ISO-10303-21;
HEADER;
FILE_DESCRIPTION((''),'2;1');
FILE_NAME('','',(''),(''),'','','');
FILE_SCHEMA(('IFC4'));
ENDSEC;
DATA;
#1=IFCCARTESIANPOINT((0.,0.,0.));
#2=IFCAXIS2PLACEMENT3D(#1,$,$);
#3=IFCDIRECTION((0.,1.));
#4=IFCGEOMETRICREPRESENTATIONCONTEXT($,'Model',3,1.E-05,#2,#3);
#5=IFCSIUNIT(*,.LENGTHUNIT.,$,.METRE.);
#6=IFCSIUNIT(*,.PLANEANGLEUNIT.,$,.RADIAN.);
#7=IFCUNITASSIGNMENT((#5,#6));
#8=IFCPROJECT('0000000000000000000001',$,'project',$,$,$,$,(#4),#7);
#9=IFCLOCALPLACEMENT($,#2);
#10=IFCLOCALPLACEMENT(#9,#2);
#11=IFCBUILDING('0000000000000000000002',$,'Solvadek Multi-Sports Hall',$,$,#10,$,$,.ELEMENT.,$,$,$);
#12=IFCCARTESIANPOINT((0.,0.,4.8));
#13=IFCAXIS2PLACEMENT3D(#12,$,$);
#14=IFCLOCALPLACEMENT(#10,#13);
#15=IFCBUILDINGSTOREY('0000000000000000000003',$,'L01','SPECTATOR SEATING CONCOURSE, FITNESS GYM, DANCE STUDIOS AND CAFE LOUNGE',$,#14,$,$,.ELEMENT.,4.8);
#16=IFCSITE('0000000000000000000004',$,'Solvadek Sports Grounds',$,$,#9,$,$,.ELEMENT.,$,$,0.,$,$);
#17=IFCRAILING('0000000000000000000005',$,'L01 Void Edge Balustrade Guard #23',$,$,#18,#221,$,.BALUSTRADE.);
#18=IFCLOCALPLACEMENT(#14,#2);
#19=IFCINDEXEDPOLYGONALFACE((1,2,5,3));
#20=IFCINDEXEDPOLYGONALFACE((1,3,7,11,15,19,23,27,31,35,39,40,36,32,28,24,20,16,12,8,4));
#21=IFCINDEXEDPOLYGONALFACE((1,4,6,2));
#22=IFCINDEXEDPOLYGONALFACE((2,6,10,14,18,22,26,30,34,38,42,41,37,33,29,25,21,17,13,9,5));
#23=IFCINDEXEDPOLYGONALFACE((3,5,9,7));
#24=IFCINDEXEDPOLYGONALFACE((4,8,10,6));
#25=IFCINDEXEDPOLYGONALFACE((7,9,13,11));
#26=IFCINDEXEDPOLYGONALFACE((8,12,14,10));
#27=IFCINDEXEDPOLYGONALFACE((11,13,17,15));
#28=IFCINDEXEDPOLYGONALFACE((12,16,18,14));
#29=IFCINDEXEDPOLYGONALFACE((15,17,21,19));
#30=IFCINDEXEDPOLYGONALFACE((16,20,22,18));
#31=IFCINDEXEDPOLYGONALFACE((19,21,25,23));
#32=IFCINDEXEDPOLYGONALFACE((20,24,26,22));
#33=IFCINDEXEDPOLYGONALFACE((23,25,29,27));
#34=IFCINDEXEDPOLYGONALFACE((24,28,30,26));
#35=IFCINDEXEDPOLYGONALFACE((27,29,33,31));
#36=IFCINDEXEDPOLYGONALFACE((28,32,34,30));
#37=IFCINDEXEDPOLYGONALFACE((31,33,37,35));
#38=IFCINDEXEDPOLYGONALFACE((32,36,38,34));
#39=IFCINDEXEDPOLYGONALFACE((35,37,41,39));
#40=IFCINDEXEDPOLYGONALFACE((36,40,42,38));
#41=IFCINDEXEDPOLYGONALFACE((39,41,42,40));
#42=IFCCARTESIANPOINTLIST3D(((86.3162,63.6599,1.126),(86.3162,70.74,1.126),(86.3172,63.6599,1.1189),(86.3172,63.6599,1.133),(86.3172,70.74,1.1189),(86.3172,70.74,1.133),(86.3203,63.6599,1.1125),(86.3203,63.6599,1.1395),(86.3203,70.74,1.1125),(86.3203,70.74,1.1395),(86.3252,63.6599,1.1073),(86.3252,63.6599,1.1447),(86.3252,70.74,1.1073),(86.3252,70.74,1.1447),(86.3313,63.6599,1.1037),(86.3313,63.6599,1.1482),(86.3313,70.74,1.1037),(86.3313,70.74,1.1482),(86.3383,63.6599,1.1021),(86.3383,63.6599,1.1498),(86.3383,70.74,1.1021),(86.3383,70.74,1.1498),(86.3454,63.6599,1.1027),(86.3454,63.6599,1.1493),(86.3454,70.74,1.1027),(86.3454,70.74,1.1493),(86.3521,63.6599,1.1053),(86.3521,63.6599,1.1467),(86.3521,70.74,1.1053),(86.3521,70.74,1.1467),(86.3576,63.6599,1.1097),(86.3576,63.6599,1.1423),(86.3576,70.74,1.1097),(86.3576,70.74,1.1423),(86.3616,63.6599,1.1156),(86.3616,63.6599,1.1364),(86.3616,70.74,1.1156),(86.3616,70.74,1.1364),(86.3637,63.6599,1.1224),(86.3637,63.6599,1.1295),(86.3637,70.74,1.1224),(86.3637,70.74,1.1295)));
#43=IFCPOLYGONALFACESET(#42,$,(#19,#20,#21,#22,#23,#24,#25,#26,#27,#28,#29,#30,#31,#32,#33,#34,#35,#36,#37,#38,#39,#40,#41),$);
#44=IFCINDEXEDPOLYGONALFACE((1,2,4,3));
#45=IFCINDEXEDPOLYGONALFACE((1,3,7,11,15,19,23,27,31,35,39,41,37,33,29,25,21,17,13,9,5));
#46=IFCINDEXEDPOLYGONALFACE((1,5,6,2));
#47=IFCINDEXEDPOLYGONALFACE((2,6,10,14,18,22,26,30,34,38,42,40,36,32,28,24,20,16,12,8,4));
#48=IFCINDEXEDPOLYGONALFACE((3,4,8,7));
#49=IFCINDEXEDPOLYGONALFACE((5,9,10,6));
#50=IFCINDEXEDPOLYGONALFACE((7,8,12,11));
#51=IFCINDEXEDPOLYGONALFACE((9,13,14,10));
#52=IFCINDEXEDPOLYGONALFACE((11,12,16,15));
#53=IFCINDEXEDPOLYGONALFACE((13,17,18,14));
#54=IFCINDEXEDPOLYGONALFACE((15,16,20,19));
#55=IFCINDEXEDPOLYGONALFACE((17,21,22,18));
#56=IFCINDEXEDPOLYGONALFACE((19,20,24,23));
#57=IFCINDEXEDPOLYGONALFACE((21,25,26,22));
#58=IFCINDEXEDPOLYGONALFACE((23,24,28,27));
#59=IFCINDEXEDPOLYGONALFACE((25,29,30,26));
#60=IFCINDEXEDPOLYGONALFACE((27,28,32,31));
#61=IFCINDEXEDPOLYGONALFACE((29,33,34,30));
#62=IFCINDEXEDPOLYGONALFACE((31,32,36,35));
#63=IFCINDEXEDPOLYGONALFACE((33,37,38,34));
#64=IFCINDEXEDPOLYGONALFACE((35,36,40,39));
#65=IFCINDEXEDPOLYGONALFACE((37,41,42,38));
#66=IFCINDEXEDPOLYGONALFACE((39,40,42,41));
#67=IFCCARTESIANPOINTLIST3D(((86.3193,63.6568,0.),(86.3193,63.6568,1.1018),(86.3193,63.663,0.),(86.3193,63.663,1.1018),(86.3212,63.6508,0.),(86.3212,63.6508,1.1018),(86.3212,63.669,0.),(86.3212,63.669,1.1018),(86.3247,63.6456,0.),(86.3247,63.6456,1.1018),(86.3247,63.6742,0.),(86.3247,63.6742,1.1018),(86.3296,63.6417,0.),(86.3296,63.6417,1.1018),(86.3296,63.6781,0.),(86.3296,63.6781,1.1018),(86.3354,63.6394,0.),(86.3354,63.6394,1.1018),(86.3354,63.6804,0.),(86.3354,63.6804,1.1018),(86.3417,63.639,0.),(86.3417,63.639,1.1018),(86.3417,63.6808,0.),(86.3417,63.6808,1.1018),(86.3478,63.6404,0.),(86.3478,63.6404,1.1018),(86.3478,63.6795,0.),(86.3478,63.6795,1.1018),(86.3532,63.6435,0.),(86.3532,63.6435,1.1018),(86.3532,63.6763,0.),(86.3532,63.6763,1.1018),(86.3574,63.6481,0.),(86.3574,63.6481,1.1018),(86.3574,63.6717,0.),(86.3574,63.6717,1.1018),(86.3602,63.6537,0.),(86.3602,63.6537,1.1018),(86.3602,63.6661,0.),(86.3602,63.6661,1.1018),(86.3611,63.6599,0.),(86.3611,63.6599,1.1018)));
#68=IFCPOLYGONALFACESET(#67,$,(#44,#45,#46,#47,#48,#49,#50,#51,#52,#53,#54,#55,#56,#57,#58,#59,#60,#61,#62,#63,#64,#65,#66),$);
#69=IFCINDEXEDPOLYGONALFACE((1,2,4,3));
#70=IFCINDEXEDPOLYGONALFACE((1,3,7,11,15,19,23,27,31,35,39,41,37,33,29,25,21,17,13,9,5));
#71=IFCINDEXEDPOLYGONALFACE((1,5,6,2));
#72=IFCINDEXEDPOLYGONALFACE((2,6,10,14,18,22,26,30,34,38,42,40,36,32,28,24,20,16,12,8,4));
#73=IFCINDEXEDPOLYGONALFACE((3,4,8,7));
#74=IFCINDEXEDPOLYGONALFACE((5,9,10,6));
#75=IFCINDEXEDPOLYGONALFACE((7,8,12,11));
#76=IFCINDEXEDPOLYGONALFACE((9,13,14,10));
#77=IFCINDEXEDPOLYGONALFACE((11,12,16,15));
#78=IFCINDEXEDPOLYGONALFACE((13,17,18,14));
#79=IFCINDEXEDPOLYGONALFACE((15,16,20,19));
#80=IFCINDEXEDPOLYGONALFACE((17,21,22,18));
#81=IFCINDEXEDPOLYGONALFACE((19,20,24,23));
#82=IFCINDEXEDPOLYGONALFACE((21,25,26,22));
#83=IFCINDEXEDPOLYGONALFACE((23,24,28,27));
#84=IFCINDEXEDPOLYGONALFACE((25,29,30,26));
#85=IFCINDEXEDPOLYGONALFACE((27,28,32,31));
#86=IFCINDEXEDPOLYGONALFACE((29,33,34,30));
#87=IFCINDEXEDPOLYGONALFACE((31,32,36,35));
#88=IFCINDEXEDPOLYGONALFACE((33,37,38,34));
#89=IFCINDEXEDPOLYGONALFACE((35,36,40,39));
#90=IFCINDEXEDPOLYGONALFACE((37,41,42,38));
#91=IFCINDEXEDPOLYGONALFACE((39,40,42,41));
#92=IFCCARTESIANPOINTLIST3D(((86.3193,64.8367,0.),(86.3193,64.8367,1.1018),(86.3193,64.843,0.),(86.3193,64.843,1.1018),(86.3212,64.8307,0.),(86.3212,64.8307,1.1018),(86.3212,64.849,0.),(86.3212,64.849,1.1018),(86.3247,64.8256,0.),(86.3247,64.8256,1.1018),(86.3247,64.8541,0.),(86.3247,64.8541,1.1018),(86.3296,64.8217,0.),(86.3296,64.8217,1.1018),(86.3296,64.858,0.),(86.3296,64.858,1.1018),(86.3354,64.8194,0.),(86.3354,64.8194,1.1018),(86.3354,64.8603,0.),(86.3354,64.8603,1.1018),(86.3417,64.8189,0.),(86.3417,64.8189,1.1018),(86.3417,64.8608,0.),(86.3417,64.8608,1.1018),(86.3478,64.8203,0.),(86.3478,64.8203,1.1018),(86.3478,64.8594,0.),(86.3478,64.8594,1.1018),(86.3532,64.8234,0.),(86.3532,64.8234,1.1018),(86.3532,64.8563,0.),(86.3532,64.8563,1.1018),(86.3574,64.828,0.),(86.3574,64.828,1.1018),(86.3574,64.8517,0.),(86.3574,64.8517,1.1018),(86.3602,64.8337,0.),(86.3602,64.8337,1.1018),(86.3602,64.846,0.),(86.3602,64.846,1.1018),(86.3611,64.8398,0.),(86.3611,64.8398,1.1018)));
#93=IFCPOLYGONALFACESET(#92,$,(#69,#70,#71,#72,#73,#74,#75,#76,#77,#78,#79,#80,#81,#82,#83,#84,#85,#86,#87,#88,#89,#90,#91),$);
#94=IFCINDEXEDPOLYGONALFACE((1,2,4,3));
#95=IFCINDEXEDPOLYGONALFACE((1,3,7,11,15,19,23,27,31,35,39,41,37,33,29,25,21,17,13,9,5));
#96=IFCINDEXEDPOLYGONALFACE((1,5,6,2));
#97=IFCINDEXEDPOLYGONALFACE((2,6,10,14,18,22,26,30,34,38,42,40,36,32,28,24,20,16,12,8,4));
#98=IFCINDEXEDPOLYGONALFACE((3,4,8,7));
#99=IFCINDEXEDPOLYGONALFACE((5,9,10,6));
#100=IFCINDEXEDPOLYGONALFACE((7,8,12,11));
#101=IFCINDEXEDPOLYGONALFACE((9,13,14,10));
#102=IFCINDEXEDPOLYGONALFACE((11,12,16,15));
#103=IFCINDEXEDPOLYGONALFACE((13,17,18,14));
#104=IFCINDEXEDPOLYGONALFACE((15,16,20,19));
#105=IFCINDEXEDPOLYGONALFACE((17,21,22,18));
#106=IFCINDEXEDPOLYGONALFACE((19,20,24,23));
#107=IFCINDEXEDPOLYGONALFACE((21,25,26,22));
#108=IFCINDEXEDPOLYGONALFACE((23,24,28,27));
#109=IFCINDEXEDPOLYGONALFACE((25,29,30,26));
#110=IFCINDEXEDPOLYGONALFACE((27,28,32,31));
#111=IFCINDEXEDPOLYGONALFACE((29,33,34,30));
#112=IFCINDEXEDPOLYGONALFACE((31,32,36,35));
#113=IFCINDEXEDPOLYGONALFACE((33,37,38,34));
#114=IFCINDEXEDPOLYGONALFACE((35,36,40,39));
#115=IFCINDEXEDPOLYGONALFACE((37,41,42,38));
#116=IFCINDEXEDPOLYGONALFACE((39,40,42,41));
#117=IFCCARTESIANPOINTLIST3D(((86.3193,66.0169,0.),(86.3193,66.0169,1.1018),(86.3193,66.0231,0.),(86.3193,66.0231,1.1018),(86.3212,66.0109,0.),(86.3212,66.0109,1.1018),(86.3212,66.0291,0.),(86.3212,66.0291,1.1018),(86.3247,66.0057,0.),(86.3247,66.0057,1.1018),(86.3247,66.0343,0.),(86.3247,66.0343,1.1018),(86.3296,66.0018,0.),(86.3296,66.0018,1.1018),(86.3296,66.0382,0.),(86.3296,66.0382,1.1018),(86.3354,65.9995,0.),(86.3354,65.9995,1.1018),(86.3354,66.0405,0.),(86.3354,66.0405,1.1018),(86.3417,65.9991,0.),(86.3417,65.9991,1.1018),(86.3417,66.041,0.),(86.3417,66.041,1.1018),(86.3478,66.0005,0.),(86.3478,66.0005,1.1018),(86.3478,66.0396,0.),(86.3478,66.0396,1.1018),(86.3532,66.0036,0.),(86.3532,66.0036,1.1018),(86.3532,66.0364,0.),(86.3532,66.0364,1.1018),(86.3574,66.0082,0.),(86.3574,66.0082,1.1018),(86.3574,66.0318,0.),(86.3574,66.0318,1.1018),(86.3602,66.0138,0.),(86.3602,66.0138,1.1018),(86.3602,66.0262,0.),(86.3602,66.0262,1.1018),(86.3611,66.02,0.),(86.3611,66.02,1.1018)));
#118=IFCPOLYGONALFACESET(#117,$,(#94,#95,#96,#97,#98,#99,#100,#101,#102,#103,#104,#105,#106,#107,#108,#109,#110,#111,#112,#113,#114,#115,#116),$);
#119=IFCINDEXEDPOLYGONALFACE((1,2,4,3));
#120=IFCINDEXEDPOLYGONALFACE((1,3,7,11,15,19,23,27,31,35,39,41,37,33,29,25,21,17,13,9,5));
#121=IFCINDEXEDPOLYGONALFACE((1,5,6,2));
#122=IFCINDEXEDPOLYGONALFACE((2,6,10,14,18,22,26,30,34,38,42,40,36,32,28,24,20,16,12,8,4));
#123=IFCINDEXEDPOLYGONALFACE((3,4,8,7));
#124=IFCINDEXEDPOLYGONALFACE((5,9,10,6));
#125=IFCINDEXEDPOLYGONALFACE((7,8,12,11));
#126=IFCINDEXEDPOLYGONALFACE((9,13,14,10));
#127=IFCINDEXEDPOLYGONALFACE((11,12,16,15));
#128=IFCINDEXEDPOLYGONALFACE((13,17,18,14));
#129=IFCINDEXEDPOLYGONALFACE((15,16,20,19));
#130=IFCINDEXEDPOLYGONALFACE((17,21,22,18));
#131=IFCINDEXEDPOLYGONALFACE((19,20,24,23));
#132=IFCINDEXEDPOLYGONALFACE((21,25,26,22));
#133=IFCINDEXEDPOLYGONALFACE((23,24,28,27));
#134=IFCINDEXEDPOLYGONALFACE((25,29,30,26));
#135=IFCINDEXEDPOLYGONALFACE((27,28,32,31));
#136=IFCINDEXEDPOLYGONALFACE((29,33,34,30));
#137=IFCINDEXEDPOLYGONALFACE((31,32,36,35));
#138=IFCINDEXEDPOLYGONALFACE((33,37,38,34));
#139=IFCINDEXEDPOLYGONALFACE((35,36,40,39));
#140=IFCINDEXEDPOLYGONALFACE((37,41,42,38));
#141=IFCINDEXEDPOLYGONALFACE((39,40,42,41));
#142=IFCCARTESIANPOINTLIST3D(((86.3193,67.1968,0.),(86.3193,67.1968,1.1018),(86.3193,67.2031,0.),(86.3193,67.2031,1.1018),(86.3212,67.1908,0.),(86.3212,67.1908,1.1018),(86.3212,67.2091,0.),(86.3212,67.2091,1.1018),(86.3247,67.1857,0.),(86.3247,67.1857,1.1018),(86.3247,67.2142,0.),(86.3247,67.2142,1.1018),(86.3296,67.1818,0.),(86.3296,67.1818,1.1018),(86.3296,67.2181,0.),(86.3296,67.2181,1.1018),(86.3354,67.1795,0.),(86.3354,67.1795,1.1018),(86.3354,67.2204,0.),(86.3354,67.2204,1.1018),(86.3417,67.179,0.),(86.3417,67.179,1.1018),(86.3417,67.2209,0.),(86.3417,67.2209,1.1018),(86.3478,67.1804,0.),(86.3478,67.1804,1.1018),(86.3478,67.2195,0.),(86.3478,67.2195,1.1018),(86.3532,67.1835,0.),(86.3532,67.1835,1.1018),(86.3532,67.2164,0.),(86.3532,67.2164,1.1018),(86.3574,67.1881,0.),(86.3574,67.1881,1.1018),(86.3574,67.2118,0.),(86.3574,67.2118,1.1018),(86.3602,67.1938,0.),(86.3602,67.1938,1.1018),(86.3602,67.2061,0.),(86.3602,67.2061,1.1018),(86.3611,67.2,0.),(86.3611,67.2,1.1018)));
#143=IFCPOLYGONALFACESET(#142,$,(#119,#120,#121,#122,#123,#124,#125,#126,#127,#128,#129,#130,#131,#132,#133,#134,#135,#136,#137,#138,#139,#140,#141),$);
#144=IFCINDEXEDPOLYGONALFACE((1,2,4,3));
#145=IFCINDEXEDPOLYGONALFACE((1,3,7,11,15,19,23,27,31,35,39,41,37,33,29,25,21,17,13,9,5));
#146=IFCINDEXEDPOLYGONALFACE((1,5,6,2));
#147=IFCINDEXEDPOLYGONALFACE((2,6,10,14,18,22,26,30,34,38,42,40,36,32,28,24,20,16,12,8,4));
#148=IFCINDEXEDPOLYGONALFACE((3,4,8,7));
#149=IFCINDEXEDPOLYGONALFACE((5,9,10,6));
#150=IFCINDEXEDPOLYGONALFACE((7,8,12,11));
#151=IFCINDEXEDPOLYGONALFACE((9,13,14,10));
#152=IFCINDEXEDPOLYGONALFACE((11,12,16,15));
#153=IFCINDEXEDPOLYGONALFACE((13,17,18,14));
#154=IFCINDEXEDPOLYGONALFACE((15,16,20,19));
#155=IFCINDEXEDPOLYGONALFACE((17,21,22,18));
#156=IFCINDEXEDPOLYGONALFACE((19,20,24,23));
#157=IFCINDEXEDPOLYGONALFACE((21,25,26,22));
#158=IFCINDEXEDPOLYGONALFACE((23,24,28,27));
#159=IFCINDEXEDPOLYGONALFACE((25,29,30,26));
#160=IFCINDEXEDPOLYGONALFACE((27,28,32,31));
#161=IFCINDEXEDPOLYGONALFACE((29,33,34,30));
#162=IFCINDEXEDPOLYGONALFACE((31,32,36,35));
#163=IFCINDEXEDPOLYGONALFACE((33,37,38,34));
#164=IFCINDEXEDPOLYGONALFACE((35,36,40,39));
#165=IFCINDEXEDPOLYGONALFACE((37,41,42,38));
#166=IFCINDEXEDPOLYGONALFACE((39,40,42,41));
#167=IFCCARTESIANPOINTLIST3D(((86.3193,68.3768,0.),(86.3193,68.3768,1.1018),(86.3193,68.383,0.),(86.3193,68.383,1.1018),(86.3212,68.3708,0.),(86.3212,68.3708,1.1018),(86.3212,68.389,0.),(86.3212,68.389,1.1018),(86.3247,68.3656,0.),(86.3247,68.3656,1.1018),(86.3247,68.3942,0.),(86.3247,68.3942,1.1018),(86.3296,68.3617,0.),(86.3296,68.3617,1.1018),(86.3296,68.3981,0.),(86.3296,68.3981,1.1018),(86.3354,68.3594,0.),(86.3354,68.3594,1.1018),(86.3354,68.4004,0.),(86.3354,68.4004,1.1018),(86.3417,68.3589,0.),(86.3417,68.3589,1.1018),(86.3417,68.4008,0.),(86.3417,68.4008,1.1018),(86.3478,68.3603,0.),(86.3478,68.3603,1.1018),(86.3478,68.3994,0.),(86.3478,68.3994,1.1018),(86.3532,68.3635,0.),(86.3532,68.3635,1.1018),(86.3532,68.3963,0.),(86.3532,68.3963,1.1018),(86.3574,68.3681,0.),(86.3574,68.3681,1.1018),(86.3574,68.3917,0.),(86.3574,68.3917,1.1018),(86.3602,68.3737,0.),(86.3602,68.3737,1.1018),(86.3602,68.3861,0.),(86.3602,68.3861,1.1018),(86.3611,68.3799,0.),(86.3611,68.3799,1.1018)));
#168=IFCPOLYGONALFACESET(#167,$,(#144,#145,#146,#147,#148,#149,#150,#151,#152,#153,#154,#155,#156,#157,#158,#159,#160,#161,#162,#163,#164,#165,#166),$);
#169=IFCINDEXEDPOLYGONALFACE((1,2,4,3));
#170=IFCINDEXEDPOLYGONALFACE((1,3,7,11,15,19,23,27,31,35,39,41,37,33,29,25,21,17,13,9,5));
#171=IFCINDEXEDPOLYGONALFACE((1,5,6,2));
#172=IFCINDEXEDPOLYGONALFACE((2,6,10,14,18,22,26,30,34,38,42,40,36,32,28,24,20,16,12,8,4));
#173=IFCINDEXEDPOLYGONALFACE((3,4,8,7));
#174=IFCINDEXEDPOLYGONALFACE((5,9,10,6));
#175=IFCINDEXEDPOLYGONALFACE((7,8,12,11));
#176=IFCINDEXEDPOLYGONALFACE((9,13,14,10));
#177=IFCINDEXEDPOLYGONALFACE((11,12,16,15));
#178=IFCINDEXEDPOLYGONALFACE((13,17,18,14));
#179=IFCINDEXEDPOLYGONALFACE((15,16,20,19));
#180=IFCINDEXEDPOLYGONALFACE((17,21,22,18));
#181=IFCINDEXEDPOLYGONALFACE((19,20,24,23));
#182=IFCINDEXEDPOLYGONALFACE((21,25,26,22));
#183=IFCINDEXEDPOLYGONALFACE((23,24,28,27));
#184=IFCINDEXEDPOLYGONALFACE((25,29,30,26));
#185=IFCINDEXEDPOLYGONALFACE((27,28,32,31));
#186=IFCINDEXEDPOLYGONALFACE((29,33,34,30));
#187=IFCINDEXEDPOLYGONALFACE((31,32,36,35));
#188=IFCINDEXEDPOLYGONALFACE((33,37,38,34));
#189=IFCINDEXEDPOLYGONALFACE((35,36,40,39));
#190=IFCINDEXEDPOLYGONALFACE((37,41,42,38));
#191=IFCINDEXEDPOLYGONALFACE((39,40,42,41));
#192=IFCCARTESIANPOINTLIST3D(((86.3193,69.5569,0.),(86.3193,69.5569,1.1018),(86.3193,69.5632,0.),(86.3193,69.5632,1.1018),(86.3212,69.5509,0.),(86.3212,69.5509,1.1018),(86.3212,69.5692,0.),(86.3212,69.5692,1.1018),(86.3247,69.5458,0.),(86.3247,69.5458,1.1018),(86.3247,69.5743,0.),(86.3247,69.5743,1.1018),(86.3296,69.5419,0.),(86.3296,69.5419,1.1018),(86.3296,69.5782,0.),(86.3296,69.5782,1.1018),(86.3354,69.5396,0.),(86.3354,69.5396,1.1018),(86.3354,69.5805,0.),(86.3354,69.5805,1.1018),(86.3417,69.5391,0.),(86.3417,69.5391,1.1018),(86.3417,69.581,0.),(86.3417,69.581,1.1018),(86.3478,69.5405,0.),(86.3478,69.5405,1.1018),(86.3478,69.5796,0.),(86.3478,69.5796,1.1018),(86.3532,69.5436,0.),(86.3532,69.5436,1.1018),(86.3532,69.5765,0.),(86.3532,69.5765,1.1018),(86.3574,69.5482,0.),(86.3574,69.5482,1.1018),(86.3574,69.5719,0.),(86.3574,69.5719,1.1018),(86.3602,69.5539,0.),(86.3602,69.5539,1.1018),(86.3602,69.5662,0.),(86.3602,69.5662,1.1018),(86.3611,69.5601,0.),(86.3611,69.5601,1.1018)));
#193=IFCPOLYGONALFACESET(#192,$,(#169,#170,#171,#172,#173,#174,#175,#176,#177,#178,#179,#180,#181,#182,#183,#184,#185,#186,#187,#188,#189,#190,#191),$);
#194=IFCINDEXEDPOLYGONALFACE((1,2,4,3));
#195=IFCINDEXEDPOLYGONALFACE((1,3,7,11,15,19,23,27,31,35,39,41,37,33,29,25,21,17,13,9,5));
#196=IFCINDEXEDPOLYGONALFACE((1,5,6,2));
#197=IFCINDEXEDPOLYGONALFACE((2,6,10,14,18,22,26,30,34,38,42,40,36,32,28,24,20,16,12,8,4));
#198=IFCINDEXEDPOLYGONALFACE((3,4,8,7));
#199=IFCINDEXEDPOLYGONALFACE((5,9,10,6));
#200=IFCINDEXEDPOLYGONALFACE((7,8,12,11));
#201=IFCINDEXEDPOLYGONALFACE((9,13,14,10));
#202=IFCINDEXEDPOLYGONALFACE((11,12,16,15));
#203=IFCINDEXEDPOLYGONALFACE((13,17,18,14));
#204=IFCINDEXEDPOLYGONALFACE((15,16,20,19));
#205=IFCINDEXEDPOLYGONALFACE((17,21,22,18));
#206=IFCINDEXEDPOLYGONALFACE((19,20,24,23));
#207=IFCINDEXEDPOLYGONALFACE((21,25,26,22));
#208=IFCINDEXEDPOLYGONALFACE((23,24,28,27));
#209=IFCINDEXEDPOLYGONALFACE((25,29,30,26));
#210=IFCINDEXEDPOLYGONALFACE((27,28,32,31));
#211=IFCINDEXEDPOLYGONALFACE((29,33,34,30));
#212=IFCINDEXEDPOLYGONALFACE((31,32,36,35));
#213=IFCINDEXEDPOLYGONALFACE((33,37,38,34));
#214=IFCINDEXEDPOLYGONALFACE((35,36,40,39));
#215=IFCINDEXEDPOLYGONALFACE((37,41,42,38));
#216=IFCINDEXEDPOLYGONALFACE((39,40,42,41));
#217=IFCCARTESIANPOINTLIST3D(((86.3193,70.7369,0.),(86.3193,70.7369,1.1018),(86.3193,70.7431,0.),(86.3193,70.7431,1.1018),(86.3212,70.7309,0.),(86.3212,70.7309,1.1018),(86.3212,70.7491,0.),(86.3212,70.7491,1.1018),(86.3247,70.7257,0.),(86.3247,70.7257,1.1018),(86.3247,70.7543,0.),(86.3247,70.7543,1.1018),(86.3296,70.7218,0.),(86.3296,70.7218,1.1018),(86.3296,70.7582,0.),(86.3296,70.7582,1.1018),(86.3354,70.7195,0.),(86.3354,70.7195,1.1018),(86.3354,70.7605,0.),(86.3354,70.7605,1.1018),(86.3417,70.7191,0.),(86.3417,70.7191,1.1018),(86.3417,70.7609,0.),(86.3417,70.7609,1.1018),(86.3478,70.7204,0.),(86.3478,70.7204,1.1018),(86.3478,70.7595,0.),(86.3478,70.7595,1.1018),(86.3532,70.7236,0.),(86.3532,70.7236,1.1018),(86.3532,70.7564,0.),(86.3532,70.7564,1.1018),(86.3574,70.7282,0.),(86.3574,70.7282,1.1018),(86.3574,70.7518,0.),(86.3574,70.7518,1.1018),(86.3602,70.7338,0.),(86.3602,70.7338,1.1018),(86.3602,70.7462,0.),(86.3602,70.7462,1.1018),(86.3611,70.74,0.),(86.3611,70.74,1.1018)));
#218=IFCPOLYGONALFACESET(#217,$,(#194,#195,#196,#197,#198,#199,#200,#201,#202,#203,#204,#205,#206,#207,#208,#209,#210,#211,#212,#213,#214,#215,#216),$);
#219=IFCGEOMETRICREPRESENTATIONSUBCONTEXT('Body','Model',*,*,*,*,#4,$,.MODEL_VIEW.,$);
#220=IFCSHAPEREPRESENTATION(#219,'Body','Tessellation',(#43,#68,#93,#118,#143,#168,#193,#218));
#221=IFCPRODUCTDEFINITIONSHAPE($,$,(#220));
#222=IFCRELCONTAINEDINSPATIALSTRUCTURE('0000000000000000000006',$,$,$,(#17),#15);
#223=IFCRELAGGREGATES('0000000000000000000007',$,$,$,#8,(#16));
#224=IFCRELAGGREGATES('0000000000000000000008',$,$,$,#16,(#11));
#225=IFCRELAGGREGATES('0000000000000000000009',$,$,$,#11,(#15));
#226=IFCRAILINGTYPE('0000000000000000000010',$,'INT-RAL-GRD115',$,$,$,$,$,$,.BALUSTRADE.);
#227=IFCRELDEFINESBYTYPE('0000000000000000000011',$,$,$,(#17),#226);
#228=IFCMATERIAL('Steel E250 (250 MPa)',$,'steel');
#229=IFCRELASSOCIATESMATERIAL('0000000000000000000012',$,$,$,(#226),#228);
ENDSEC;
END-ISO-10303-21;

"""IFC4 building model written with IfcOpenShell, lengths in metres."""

from ifc_helpers import new_model, si_unit, direction, frame, origin, origin_2d, place, context, subcontext, project, spatial, circle, extrude, material, type_object, element, save


model = new_model("IFC4")

# Units and contexts
model_context = context("Model", 3, precision=1e-05, world=origin(), true_north=direction((0.0, 1.0)))
body_context = subcontext(model_context, "Body", "Model", "MODEL_VIEW")
ifc_project = project(units=[si_unit("LENGTHUNIT", "METRE"), si_unit("PLANEANGLEUNIT", "RADIAN")], contexts=[model_context])

# Site, building, storey
site_placement = place(None, origin())
site = spatial("IfcSite", under=ifc_project, at=site_placement, Name="Solvadek Sports Grounds", CompositionType="ELEMENT", RefElevation=0.0)
building_placement = place(site_placement, origin())
building = spatial("IfcBuilding", under=site, at=building_placement, Name="Solvadek Multi-Sports Hall", CompositionType="ELEMENT")
storey_placement = place(building_placement, frame((0.0, 0.0, 4.8)))
storey = spatial("IfcBuildingStorey", under=building, at=storey_placement, Name="L01", Description="SPECTATOR SEATING CONCOURSE, FITNESS GYM, DANCE STUDIOS AND CAFE LOUNGE", CompositionType="ELEMENT", Elevation=4.8)

# Shared definitions
ifc_material_1 = material(Name="Steel E250 (250 MPa)", Category="steel")

# Railing
railing_type = type_object("IfcRailingType", Name="INT-RAL-GRD115", PredefinedType="BALUSTRADE", material=ifc_material_1)
railing_1_placement = place(storey_placement, frame((86.3401, 63.6599, 0.0)))
element("IfcRailing", 1, at=railing_1_placement, inside=storey, type_object=railing_type, Name="L01 Void Edge Balustrade Guard #23", PredefinedType="BALUSTRADE", context=body_context, shape_type="SweptSolid", body=[
    extrude(circle(Radius=0.0239, at=origin_2d()), frame((0.0, 0.0, 1.126), z_axis=(0.0, 1.0, 0.0), x_axis=(-1.0, 0.0, 0.0)), (0.0, 0.0, 1.0), 7.0801),
    extrude(circle(Radius=0.021, at=origin_2d()), origin(), (0.0, 0.0, 1.0), 1.1018),
    extrude(circle(Radius=0.021, at=origin_2d()), frame((0.0, 1.1799, 0.0)), (0.0, 0.0, 1.0), 1.1018),
    extrude(circle(Radius=0.021, at=origin_2d()), frame((0.0, 2.3601, 0.0)), (0.0, 0.0, 1.0), 1.1018),
    extrude(circle(Radius=0.021, at=origin_2d()), frame((0.0, 3.54, 0.0)), (0.0, 0.0, 1.0), 1.1018),
    extrude(circle(Radius=0.021, at=origin_2d()), frame((0.0, 4.72, 0.0)), (0.0, 0.0, 1.0), 1.1018),
    extrude(circle(Radius=0.021, at=origin_2d()), frame((0.0, 5.9001, 0.0)), (0.0, 0.0, 1.0), 1.1018),
    extrude(circle(Radius=0.021, at=origin_2d()), frame((0.0, 7.0801, 0.0)), (0.0, 0.0, 1.0), 1.1018),
])

save(model, "model.ifc")
